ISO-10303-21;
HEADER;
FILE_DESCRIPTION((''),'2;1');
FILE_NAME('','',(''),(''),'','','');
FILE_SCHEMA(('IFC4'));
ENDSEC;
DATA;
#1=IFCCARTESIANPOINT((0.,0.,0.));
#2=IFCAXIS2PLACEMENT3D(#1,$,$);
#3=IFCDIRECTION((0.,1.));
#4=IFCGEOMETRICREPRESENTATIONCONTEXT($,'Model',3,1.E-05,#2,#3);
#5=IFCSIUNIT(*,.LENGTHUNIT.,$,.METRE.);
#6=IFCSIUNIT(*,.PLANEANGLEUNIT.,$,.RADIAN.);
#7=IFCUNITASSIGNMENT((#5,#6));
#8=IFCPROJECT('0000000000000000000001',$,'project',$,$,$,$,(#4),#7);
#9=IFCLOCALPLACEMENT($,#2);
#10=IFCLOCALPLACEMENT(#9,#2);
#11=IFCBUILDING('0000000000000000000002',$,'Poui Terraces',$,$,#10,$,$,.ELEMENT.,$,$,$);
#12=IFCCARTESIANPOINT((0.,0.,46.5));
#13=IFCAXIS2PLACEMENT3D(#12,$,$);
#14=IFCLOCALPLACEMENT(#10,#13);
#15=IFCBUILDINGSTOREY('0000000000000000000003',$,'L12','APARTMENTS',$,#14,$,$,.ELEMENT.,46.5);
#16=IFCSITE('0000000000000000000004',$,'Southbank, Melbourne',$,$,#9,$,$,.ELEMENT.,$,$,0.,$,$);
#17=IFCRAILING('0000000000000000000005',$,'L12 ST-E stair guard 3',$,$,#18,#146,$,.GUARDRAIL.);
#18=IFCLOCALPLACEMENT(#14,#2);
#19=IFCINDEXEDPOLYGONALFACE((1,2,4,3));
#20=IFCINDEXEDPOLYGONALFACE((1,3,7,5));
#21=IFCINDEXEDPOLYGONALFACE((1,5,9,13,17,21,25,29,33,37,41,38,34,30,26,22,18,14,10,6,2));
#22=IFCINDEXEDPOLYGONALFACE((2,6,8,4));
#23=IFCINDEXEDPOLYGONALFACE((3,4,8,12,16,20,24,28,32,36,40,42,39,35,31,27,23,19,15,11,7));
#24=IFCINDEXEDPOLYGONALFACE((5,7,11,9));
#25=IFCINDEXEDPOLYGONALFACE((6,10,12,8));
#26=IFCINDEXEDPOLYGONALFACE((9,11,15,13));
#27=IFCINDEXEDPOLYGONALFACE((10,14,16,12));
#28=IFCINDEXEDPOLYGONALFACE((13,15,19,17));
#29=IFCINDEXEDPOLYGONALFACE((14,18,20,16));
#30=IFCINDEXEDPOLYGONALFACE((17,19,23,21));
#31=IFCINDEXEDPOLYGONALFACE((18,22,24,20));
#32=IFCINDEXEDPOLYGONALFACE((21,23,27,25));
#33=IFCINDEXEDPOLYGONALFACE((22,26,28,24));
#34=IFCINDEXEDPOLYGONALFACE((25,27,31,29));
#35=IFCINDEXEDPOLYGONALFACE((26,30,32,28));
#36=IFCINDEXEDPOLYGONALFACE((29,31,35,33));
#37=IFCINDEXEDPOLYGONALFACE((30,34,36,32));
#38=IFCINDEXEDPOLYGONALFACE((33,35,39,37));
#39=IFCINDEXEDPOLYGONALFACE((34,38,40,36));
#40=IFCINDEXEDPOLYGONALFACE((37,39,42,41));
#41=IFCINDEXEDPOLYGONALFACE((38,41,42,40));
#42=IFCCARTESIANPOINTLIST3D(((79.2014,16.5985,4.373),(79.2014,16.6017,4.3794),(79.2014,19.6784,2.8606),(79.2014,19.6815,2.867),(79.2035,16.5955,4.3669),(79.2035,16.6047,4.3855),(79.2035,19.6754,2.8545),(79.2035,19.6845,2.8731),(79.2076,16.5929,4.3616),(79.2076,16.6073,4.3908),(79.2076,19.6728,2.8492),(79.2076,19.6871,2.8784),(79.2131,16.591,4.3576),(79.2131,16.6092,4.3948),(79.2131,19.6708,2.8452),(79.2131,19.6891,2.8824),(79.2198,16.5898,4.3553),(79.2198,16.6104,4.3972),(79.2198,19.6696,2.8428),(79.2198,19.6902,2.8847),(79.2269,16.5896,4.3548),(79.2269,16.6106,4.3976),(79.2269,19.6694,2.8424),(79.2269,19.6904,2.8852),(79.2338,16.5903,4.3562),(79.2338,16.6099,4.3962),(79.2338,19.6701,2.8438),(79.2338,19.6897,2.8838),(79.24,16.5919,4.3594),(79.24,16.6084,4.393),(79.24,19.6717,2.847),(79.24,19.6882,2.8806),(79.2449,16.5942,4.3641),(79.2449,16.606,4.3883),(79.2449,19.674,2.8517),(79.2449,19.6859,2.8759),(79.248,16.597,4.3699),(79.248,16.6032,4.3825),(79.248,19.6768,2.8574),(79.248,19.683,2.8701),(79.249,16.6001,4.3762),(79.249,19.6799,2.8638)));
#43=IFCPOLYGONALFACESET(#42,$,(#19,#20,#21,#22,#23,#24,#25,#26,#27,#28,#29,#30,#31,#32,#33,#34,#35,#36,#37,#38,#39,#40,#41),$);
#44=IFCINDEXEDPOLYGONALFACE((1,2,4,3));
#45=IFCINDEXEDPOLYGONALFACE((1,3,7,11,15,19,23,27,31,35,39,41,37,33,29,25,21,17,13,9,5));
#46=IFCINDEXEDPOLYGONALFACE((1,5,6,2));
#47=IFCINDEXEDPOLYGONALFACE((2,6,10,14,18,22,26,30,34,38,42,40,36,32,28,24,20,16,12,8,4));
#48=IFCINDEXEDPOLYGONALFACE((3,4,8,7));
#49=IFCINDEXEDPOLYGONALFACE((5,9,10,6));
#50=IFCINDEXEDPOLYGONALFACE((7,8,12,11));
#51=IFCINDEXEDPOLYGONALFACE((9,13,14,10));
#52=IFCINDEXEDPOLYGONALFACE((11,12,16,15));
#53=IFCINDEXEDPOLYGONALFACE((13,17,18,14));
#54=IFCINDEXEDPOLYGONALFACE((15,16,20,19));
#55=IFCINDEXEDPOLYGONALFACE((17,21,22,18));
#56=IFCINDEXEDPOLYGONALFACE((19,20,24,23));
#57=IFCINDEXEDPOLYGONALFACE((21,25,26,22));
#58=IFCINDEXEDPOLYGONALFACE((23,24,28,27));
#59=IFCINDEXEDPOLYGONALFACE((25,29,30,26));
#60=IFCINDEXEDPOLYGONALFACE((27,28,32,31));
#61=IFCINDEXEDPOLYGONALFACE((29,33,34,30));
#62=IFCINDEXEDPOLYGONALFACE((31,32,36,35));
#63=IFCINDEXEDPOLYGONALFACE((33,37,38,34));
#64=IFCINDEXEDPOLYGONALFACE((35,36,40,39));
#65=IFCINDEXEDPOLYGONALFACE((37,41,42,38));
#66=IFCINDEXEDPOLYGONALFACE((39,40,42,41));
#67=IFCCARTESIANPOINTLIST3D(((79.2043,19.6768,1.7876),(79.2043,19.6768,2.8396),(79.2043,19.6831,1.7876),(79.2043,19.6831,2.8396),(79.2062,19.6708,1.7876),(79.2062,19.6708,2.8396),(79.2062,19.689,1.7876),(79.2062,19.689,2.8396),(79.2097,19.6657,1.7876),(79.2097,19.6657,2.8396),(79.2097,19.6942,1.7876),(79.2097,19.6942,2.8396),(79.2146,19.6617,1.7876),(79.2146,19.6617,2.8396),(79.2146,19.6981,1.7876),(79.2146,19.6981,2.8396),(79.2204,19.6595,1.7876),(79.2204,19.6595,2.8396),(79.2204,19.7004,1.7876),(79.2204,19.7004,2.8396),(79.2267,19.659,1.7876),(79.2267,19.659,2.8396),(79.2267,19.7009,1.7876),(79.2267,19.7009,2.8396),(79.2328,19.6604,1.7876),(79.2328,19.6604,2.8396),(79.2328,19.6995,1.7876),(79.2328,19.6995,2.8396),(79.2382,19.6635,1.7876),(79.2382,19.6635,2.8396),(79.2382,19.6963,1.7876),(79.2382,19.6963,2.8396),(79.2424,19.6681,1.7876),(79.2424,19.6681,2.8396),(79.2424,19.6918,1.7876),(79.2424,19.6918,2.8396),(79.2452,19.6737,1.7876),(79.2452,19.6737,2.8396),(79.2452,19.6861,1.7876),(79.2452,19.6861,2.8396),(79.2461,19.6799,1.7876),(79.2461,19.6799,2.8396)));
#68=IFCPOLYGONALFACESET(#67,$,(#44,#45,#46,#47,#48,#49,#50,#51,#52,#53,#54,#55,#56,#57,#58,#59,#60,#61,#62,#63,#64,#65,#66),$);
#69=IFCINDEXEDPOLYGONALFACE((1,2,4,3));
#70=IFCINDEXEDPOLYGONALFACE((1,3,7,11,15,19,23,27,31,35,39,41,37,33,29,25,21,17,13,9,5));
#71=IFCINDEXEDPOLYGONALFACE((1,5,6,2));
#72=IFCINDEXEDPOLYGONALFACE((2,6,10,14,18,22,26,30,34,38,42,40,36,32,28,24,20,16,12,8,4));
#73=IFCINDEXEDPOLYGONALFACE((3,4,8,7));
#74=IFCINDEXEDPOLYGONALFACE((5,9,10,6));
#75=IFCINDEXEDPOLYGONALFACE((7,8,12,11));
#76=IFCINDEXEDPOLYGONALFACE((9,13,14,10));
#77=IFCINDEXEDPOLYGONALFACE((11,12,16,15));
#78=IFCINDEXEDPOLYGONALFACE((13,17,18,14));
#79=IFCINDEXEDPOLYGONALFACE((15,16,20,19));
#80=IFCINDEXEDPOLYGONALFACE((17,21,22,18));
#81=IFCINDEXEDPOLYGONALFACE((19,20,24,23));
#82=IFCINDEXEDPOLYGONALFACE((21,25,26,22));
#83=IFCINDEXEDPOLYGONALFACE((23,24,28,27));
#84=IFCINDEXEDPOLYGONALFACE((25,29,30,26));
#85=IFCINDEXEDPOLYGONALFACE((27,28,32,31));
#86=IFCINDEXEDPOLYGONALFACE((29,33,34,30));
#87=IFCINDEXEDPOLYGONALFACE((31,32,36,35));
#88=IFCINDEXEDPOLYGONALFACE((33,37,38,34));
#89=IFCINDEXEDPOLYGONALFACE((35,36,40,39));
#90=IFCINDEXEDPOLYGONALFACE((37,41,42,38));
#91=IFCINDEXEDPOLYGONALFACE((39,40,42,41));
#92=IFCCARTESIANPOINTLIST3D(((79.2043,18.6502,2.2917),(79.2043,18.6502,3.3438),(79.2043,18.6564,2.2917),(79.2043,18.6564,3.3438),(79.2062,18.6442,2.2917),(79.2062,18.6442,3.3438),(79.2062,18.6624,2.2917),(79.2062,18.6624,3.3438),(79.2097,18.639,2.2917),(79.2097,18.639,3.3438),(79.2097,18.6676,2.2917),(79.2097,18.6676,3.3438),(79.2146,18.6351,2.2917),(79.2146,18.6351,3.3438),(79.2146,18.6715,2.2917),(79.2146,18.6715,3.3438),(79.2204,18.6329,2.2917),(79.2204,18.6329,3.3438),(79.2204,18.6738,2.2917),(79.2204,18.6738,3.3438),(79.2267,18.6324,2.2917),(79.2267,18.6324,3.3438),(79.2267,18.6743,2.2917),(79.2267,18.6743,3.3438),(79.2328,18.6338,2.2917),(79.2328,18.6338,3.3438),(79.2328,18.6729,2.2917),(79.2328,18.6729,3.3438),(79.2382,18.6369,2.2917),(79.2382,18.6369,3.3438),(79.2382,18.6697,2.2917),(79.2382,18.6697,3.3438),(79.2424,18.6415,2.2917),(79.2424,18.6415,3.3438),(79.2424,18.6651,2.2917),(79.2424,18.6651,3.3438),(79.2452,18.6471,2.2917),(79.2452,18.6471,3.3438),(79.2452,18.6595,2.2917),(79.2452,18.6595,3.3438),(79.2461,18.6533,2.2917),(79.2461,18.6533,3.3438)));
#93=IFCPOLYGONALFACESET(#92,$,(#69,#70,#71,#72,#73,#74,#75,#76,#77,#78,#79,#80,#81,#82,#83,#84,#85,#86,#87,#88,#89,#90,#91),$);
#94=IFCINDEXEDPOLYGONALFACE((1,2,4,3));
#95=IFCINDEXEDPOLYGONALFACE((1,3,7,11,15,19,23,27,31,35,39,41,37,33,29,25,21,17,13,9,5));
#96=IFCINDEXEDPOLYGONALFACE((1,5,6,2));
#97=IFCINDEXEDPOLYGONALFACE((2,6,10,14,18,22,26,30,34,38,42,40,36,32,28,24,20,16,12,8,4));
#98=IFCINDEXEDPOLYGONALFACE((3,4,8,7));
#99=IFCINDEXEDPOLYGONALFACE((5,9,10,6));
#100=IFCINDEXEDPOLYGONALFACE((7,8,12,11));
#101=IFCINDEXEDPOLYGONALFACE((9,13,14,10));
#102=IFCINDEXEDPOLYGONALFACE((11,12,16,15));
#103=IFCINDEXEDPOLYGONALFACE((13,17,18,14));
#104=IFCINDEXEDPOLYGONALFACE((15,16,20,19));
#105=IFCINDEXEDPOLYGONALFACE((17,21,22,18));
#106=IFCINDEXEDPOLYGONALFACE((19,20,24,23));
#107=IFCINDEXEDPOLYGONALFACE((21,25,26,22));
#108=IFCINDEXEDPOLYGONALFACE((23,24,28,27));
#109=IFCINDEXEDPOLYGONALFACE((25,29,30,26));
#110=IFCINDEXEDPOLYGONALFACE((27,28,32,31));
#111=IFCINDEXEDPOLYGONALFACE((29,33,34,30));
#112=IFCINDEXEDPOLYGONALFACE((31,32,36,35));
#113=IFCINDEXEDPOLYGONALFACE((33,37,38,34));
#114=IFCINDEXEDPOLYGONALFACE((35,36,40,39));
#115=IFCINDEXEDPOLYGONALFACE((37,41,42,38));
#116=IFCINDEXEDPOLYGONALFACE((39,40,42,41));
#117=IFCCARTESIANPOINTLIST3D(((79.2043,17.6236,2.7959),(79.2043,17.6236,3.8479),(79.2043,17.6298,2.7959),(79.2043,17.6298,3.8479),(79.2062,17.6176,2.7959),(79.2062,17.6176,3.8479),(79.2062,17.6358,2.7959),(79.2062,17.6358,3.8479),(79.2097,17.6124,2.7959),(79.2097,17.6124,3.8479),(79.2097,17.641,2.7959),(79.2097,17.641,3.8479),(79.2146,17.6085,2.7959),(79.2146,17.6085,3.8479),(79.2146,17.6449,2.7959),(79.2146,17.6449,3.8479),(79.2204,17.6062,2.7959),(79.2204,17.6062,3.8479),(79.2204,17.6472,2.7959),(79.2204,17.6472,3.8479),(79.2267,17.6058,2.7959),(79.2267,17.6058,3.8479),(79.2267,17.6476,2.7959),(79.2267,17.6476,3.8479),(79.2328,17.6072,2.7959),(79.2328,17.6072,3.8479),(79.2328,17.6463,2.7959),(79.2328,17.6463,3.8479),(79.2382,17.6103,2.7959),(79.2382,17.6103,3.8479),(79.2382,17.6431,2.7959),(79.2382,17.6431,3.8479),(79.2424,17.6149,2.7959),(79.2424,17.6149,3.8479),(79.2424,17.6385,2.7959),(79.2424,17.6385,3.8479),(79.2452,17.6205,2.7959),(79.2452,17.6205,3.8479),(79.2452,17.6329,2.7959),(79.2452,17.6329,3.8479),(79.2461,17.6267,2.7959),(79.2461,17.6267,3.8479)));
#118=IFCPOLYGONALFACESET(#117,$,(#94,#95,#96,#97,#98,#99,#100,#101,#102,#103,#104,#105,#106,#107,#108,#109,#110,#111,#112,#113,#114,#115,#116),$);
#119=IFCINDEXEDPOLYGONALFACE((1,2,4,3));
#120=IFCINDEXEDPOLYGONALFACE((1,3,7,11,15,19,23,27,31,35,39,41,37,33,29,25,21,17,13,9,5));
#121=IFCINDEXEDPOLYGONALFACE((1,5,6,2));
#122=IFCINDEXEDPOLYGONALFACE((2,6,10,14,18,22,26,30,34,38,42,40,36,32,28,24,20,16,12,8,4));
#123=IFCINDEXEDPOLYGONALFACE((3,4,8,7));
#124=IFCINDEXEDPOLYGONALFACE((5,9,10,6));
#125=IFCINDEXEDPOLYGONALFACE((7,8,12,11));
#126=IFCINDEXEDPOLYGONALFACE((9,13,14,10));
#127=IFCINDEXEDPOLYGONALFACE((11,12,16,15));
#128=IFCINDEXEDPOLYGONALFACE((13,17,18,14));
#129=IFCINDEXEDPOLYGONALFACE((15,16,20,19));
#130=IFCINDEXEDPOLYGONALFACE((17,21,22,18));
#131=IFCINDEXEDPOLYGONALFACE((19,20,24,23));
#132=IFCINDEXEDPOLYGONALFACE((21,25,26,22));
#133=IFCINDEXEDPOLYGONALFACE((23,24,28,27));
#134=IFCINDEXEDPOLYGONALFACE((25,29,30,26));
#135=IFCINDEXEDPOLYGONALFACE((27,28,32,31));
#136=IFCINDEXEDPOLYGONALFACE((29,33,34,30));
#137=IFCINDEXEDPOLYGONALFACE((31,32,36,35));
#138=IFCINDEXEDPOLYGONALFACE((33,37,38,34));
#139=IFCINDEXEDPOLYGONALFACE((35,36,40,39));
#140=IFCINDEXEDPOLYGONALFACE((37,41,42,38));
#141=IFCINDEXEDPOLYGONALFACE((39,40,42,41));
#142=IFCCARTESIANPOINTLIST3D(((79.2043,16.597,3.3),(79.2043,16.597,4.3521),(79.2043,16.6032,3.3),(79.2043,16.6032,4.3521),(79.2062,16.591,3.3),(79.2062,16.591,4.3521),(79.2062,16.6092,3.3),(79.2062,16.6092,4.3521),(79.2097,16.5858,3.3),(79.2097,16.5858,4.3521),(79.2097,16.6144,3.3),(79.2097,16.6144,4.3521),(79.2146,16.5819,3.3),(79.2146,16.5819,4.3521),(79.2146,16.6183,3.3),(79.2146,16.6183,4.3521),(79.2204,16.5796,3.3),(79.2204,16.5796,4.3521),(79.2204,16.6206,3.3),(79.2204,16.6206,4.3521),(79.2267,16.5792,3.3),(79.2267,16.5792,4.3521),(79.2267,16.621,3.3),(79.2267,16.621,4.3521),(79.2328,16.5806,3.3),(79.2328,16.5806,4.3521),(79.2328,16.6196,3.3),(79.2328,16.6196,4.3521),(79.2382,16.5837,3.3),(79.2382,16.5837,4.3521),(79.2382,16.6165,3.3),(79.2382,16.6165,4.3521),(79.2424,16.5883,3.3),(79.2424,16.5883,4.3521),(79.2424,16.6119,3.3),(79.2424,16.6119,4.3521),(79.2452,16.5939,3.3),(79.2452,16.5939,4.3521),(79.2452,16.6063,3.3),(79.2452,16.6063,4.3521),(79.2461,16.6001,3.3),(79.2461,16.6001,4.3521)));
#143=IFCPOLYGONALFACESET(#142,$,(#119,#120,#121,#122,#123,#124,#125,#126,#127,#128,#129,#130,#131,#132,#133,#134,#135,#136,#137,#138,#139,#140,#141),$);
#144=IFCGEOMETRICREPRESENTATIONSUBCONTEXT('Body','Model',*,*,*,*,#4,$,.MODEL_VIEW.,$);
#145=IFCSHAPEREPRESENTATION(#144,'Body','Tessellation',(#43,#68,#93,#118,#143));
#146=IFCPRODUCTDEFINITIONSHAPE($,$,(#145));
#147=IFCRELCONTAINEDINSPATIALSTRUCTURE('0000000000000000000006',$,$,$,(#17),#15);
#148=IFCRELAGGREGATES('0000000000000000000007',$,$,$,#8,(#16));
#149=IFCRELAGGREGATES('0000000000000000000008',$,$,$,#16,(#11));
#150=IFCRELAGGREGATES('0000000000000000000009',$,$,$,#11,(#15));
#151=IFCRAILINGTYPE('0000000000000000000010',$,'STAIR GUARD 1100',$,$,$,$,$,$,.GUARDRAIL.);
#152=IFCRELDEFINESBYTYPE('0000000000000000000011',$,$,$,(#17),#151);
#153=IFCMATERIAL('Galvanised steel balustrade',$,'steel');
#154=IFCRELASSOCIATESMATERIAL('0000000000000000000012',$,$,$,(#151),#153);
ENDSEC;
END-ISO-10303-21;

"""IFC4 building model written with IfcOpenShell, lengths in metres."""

from ifc_helpers import new_model, si_unit, direction, frame, origin, origin_2d, place, context, subcontext, project, spatial, circle, extrude, material, type_object, element, save


model = new_model("IFC4")

# Units and contexts
model_context = context("Model", 3, precision=1e-05, world=origin(), true_north=direction((0.0, 1.0)))
body_context = subcontext(model_context, "Body", "Model", "MODEL_VIEW")
ifc_project = project(units=[si_unit("LENGTHUNIT", "METRE"), si_unit("PLANEANGLEUNIT", "RADIAN")], contexts=[model_context])

# Site, building, storey
site_placement = place(None, origin())
site = spatial("IfcSite", under=ifc_project, at=site_placement, Name="Southbank, Melbourne", CompositionType="ELEMENT", RefElevation=0.0)
building_placement = place(site_placement, origin())
building = spatial("IfcBuilding", under=site, at=building_placement, Name="Poui Terraces", CompositionType="ELEMENT")
storey_placement = place(building_placement, frame((0.0, 0.0, 46.5)))
storey = spatial("IfcBuildingStorey", under=building, at=storey_placement, Name="L12", Description="APARTMENTS", CompositionType="ELEMENT", Elevation=46.5)

# Railing
ifc_material_1 = material(Name="Galvanised steel balustrade", Category="steel")
railing_type_1 = type_object("IfcRailingType", Name="STAIR GUARD 1100", PredefinedType="GUARDRAIL", material=ifc_material_1)
railing_1_placement = place(storey_placement, frame((79.2251, 19.6799, 1.7876)))
element("IfcRailing", 1, at=railing_1_placement, inside=storey, type_object=railing_type_1, Name="L12 ST-E stair guard 3", PredefinedType="GUARDRAIL", context=body_context, shape_type="SweptSolid", body=[
    extrude(circle(Radius=0.0239, at=origin_2d()), frame((0.0, 0.0, 1.0762), z_axis=(0.0, -0.897606, 0.440798), x_axis=(1.0, 0.0, 0.0)), (0.0, 0.0, 1.0), 3.4312),
    extrude(circle(Radius=0.021, at=origin_2d()), origin(), (0.0, 0.0, 1.0), 1.052),
    extrude(circle(Radius=0.021, at=origin_2d()), frame((0.0, -1.0266, 0.5042)), (0.0, 0.0, 1.0), 1.052),
    extrude(circle(Radius=0.021, at=origin_2d()), frame((0.0, -2.0532, 1.0083)), (0.0, 0.0, 1.0), 1.052),
    extrude(circle(Radius=0.021, at=origin_2d()), frame((0.0, -3.0798, 1.5125)), (0.0, 0.0, 1.0), 1.052),
])

save(model, "model.ifc")
